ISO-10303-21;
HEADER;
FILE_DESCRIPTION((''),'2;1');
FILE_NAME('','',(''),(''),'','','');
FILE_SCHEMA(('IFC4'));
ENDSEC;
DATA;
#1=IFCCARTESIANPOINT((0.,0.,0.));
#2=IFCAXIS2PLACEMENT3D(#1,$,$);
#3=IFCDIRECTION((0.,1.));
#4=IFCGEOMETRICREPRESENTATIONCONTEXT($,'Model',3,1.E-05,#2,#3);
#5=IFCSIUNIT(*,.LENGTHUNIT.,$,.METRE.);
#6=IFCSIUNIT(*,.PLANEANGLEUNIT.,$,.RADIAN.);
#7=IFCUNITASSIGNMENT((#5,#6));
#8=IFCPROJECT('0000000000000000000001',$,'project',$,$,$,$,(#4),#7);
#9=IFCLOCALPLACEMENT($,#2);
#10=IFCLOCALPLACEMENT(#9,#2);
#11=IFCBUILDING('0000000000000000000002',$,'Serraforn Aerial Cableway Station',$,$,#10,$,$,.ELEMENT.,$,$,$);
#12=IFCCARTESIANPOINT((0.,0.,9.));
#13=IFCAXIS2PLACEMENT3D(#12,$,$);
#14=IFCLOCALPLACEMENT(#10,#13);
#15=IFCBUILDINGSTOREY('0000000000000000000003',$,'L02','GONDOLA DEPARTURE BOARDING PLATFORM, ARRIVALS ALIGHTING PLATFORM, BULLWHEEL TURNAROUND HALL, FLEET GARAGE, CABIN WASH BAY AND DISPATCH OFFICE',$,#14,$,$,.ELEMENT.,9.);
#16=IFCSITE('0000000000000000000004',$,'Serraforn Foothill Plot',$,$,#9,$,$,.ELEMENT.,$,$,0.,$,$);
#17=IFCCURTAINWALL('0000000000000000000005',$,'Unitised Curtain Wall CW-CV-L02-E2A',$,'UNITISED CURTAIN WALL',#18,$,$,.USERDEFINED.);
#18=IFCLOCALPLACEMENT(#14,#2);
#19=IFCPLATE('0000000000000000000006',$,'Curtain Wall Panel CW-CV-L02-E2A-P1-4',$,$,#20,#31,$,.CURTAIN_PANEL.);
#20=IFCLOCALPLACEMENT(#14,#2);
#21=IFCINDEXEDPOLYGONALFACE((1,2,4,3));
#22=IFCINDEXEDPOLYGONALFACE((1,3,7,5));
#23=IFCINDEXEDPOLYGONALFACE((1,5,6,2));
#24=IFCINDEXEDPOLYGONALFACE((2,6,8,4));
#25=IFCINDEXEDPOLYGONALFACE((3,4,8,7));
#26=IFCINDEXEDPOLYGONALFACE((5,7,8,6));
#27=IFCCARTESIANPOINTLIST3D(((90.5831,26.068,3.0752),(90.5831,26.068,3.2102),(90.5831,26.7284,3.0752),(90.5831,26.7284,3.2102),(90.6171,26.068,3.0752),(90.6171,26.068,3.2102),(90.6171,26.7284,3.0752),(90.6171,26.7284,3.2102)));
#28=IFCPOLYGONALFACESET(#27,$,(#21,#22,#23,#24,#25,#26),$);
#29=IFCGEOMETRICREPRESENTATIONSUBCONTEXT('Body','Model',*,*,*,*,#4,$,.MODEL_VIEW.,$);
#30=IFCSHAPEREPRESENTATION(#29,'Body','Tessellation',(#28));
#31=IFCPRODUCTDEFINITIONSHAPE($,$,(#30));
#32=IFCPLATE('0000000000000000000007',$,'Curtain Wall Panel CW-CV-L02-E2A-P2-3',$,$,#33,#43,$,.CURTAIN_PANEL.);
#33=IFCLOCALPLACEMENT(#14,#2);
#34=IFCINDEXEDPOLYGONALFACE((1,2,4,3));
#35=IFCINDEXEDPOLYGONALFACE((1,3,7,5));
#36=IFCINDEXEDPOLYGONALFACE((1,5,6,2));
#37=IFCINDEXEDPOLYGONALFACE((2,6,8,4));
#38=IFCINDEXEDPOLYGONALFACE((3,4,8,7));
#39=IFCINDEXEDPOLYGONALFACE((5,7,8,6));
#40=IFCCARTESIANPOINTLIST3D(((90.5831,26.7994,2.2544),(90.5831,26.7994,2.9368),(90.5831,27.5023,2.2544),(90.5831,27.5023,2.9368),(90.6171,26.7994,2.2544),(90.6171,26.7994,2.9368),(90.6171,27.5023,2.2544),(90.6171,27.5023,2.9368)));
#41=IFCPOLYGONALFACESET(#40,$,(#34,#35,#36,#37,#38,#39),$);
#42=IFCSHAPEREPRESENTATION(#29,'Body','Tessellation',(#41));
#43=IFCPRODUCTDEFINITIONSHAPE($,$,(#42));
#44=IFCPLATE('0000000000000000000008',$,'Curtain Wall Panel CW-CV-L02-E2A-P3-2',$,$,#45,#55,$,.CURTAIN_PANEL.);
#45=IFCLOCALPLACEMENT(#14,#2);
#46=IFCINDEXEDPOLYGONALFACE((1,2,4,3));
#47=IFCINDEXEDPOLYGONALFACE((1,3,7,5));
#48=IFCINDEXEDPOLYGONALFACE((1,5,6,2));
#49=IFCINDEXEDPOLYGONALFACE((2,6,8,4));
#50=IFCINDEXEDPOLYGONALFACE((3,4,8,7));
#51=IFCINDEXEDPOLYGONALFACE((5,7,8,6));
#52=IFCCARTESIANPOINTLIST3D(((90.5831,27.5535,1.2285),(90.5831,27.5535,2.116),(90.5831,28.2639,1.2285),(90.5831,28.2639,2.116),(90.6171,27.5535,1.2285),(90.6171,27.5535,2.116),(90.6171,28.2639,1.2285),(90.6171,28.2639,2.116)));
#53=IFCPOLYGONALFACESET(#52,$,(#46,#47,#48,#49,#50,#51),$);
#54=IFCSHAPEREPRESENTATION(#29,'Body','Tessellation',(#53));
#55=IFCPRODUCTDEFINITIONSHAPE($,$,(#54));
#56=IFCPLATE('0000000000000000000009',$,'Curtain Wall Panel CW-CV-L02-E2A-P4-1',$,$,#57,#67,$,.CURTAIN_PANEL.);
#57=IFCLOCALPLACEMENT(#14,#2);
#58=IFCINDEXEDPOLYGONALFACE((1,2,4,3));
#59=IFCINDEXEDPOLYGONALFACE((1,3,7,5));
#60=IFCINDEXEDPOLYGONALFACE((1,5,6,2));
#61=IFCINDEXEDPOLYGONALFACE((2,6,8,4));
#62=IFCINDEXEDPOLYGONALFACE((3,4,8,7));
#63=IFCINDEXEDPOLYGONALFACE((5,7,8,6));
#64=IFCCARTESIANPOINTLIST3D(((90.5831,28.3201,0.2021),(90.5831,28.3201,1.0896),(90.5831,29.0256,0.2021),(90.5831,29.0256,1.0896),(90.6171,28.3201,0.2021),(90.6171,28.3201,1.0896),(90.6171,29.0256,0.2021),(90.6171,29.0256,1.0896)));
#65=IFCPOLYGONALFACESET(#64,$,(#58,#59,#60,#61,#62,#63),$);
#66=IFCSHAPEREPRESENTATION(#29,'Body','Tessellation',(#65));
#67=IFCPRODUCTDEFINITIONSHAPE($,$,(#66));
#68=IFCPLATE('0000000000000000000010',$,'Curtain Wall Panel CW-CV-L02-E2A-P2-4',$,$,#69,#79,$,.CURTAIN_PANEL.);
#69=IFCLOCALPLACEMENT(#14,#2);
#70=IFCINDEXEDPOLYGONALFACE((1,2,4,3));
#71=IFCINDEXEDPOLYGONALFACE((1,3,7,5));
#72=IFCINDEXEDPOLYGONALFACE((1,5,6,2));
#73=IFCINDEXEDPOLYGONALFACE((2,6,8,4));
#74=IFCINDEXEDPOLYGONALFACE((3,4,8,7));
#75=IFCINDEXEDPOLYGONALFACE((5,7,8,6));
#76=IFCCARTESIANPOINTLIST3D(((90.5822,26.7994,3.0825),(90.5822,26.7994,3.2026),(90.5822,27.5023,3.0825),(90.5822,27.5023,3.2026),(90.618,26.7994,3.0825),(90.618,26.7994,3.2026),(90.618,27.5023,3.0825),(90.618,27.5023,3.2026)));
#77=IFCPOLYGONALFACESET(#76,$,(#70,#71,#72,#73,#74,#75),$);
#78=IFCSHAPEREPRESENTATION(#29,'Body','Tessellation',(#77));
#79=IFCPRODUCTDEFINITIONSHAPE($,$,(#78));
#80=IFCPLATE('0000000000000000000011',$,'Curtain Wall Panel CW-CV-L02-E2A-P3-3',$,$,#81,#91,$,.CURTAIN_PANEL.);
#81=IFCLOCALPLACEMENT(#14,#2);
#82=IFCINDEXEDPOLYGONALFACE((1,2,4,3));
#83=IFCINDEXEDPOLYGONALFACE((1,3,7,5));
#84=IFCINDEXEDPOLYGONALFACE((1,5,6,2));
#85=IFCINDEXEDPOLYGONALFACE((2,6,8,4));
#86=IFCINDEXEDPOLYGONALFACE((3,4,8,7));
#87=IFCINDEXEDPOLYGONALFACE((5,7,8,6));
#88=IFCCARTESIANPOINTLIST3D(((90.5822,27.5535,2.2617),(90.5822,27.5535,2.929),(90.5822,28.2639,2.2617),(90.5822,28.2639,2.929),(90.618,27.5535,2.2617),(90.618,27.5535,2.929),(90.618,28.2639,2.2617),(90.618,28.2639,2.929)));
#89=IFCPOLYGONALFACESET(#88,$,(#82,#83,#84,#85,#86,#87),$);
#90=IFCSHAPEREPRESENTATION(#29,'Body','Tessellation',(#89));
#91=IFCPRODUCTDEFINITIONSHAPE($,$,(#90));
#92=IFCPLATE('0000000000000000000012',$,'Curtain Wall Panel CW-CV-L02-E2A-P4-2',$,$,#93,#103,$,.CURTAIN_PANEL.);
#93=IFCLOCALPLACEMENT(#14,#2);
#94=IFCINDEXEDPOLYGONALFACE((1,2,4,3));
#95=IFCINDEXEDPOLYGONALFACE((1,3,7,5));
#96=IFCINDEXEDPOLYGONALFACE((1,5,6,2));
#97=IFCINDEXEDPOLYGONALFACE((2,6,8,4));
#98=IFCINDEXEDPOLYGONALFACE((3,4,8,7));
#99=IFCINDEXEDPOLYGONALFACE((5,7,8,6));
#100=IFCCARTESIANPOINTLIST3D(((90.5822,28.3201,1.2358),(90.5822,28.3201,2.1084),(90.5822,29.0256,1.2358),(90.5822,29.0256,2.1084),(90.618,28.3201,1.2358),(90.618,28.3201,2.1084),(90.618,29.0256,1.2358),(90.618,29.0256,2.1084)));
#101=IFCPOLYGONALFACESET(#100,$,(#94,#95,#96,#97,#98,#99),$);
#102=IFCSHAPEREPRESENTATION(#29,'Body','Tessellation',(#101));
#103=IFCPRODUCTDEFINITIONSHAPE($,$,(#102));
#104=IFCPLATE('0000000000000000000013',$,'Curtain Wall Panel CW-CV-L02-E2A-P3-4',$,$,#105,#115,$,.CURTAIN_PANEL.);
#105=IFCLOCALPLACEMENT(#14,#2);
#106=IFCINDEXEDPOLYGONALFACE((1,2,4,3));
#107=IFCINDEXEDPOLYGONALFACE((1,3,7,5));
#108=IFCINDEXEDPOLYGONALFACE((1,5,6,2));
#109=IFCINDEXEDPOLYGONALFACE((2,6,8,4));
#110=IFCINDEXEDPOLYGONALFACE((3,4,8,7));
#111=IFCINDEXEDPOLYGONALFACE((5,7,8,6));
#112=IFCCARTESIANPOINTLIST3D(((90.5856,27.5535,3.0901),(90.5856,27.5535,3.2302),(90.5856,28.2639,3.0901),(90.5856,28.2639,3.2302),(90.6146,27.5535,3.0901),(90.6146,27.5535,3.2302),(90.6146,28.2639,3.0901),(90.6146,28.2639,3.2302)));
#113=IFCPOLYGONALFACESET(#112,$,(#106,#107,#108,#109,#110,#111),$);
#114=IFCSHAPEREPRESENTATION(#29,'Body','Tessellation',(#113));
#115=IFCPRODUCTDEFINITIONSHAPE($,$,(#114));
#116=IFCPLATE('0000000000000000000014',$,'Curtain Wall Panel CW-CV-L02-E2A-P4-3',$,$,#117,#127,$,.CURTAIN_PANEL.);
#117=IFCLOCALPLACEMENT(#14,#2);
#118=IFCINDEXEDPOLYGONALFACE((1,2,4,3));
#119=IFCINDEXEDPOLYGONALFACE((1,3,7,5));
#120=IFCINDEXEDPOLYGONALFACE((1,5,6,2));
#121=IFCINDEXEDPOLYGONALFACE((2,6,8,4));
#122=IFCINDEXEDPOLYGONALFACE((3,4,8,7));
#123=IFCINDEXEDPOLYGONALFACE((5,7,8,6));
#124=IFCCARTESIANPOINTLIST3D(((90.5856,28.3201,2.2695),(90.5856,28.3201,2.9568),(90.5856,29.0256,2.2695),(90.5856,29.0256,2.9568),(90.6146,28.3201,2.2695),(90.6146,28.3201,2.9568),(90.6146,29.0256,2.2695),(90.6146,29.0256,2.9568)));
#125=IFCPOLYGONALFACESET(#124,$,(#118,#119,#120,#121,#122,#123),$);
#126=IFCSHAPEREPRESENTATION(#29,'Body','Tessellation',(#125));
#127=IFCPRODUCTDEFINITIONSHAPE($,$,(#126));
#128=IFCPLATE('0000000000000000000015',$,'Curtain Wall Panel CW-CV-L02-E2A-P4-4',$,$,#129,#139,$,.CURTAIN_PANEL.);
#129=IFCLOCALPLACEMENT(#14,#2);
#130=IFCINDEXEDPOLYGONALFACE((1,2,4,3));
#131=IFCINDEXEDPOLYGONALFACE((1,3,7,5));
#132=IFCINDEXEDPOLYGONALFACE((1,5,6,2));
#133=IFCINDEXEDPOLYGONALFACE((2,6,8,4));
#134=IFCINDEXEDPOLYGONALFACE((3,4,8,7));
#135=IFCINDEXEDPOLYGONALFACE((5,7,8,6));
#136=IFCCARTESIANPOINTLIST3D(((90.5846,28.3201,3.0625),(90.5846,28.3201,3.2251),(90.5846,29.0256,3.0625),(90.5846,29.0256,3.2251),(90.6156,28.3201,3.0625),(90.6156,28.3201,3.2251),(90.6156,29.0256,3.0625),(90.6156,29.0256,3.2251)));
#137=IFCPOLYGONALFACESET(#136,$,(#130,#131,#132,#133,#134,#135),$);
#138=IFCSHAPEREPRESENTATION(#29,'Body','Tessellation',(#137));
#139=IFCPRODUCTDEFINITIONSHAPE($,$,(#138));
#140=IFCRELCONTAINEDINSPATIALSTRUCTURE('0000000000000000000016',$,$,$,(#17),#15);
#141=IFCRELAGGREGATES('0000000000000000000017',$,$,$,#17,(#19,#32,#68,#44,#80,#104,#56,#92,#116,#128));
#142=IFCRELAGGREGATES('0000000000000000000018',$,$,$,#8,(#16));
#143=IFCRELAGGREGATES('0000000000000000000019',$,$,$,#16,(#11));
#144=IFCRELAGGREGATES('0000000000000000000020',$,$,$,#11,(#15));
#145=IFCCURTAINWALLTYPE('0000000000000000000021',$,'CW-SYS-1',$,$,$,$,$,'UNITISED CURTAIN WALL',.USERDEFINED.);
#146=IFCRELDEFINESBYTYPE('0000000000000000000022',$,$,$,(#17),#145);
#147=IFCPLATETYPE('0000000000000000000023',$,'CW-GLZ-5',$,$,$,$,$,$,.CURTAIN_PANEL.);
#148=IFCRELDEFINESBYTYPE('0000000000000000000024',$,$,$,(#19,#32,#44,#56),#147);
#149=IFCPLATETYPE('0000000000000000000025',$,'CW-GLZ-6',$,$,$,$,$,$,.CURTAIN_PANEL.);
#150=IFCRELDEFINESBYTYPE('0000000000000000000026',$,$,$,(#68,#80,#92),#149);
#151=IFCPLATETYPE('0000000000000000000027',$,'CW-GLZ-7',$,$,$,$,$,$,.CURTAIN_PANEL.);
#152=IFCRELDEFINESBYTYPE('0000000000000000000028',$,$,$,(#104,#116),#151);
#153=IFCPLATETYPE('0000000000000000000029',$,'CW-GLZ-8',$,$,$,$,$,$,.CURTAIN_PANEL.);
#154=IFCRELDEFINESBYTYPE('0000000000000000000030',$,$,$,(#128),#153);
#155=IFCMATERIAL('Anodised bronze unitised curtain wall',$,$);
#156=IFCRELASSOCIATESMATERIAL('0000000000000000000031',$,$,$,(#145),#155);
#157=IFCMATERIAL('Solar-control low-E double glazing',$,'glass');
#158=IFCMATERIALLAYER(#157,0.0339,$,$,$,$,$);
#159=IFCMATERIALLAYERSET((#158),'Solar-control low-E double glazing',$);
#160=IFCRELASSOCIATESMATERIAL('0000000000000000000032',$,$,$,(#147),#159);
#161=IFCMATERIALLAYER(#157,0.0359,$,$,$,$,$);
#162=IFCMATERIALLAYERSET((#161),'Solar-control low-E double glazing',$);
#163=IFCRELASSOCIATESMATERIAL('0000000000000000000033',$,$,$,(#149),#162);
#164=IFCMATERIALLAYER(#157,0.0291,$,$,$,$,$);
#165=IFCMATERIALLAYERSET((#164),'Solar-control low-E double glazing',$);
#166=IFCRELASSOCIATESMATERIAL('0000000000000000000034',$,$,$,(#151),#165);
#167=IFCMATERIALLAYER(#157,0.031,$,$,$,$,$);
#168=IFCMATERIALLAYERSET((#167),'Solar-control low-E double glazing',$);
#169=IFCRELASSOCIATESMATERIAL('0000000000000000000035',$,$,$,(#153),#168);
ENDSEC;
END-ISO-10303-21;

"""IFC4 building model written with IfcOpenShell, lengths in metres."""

from ifc_helpers import new_model, si_unit, direction, frame, origin, origin_2d, place, context, subcontext, project, spatial, rectangle, extrude, material, layer, layer_set, type_object, element, aggregate, save


model = new_model("IFC4")

# Units and contexts
model_context = context("Model", 3, precision=1e-05, world=origin(), true_north=direction((0.0, 1.0)))
body_context = subcontext(model_context, "Body", "Model", "MODEL_VIEW")
ifc_project = project(units=[si_unit("LENGTHUNIT", "METRE"), si_unit("PLANEANGLEUNIT", "RADIAN")], contexts=[model_context])

# Site, building, storey
site_placement = place(None, origin())
site = spatial("IfcSite", under=ifc_project, at=site_placement, Name="Serraforn Foothill Plot", CompositionType="ELEMENT", RefElevation=0.0)
building_placement = place(site_placement, origin())
building = spatial("IfcBuilding", under=site, at=building_placement, Name="Serraforn Aerial Cableway Station", CompositionType="ELEMENT")
storey_placement = place(building_placement, frame((0.0, 0.0, 9.0)))
storey = spatial("IfcBuildingStorey", under=building, at=storey_placement, Name="L02", Description="GONDOLA DEPARTURE BOARDING PLATFORM, ARRIVALS ALIGHTING PLATFORM, BULLWHEEL TURNAROUND HALL, FLEET GARAGE, CABIN WASH BAY AND DISPATCH OFFICE", CompositionType="ELEMENT", Elevation=9.0)

# Curtain wall, plates
ifc_material_1 = material(Name="Anodised bronze unitised curtain wall")
curtain_wall_type = type_object("IfcCurtainWallType", Name="CW-SYS-1", ElementType="UNITISED CURTAIN WALL", PredefinedType="USERDEFINED", material=ifc_material_1)
curtain_wall_placement = place(storey_placement, origin())
curtain_wall = element("IfcCurtainWall", 1, at=curtain_wall_placement, inside=storey, type_object=curtain_wall_type, Name="Unitised Curtain Wall CW-CV-L02-E2A", ObjectType="UNITISED CURTAIN WALL", PredefinedType="USERDEFINED")
ifc_material_2 = material(Name="Solar-control low-E double glazing", Category="glass")
ifc_layer_1 = layer(ifc_material_2, 0.0339)
ifc_layer_set_1 = layer_set([ifc_layer_1], Name="Solar-control low-E double glazing")
plate_type_1 = type_object("IfcPlateType", Name="CW-GLZ-5", PredefinedType="CURTAIN_PANEL", material=ifc_layer_set_1)
plate_1_placement = place(storey_placement, frame((90.6001, 26.3982, 3.0752), z_axis=(0.0, 0.0, 1.0), x_axis=(1.0, 0.0, 0.0)))
plate_1 = element("IfcPlate", 2, at=plate_1_placement, type_object=plate_type_1, Name="Curtain Wall Panel CW-CV-L02-E2A-P1-4", PredefinedType="CURTAIN_PANEL", context=body_context, shape_type="SweptSolid", body=[
    extrude(rectangle(XDim=0.0339, YDim=0.6604, at=origin_2d()), origin(), (0.0, 0.0, 1.0), 0.135),
])
plate_2_placement = place(storey_placement, frame((90.6001, 27.1509, 2.2544), z_axis=(0.0, 0.0, 1.0), x_axis=(1.0, 0.0, 0.0)))
plate_2 = element("IfcPlate", 3, at=plate_2_placement, type_object=plate_type_1, Name="Curtain Wall Panel CW-CV-L02-E2A-P2-3", PredefinedType="CURTAIN_PANEL", context=body_context, shape_type="SweptSolid", body=[
    extrude(rectangle(XDim=0.0339, YDim=0.7029, at=origin_2d()), origin(), (0.0, 0.0, 1.0), 0.6824),
])
plate_3_placement = place(storey_placement, frame((90.6001, 27.9087, 1.2285), z_axis=(0.0, 0.0, 1.0), x_axis=(1.0, 0.0, 0.0)))
plate_3 = element("IfcPlate", 4, at=plate_3_placement, type_object=plate_type_1, Name="Curtain Wall Panel CW-CV-L02-E2A-P3-2", PredefinedType="CURTAIN_PANEL", context=body_context, shape_type="SweptSolid", body=[
    extrude(rectangle(XDim=0.0339, YDim=0.7104, at=origin_2d()), origin(), (0.0, 0.0, 1.0), 0.8875),
])
plate_4_placement = place(storey_placement, frame((90.6001, 28.6729, 0.2021), z_axis=(0.0, 0.0, 1.0), x_axis=(1.0, 0.0, 0.0)))
plate_4 = element("IfcPlate", 5, at=plate_4_placement, type_object=plate_type_1, Name="Curtain Wall Panel CW-CV-L02-E2A-P4-1", PredefinedType="CURTAIN_PANEL", context=body_context, shape_type="SweptSolid", body=[
    extrude(rectangle(XDim=0.0339, YDim=0.7056, at=origin_2d()), origin(), (0.0, 0.0, 1.0), 0.8875),
])
ifc_layer_2 = layer(ifc_material_2, 0.0359)
ifc_layer_set_2 = layer_set([ifc_layer_2], Name="Solar-control low-E double glazing")
plate_type_2 = type_object("IfcPlateType", Name="CW-GLZ-6", PredefinedType="CURTAIN_PANEL", material=ifc_layer_set_2)
plate_5_placement = place(storey_placement, frame((90.6001, 27.1509, 3.0825), z_axis=(0.0, 0.0, 1.0), x_axis=(1.0, 0.0, 0.0)))
plate_5 = element("IfcPlate", 6, at=plate_5_placement, type_object=plate_type_2, Name="Curtain Wall Panel CW-CV-L02-E2A-P2-4", PredefinedType="CURTAIN_PANEL", context=body_context, shape_type="SweptSolid", body=[
    extrude(rectangle(XDim=0.0359, YDim=0.7029, at=origin_2d()), origin(), (0.0, 0.0, 1.0), 0.1201),
])
plate_6_placement = place(storey_placement, frame((90.6001, 27.9087, 2.2617), z_axis=(0.0, 0.0, 1.0), x_axis=(1.0, 0.0, 0.0)))
plate_6 = element("IfcPlate", 7, at=plate_6_placement, type_object=plate_type_2, Name="Curtain Wall Panel CW-CV-L02-E2A-P3-3", PredefinedType="CURTAIN_PANEL", context=body_context, shape_type="SweptSolid", body=[
    extrude(rectangle(XDim=0.0359, YDim=0.7104, at=origin_2d()), origin(), (0.0, 0.0, 1.0), 0.6672),
])
plate_7_placement = place(storey_placement, frame((90.6001, 28.6729, 1.2358), z_axis=(0.0, 0.0, 1.0), x_axis=(1.0, 0.0, 0.0)))
plate_7 = element("IfcPlate", 8, at=plate_7_placement, type_object=plate_type_2, Name="Curtain Wall Panel CW-CV-L02-E2A-P4-2", PredefinedType="CURTAIN_PANEL", context=body_context, shape_type="SweptSolid", body=[
    extrude(rectangle(XDim=0.0359, YDim=0.7056, at=origin_2d()), origin(), (0.0, 0.0, 1.0), 0.8726),
])
ifc_layer_3 = layer(ifc_material_2, 0.0291)
ifc_layer_set_3 = layer_set([ifc_layer_3], Name="Solar-control low-E double glazing")
plate_type_3 = type_object("IfcPlateType", Name="CW-GLZ-7", PredefinedType="CURTAIN_PANEL", material=ifc_layer_set_3)
plate_8_placement = place(storey_placement, frame((90.6001, 27.9087, 3.0901), z_axis=(0.0, 0.0, 1.0), x_axis=(1.0, 0.0, 0.0)))
plate_8 = element("IfcPlate", 9, at=plate_8_placement, type_object=plate_type_3, Name="Curtain Wall Panel CW-CV-L02-E2A-P3-4", PredefinedType="CURTAIN_PANEL", context=body_context, shape_type="SweptSolid", body=[
    extrude(rectangle(XDim=0.0291, YDim=0.7104, at=origin_2d()), origin(), (0.0, 0.0, 1.0), 0.1401),
])
plate_9_placement = place(storey_placement, frame((90.6001, 28.6729, 2.2695), z_axis=(0.0, 0.0, 1.0), x_axis=(1.0, 0.0, 0.0)))
plate_9 = element("IfcPlate", 10, at=plate_9_placement, type_object=plate_type_3, Name="Curtain Wall Panel CW-CV-L02-E2A-P4-3", PredefinedType="CURTAIN_PANEL", context=body_context, shape_type="SweptSolid", body=[
    extrude(rectangle(XDim=0.0291, YDim=0.7056, at=origin_2d()), origin(), (0.0, 0.0, 1.0), 0.6873),
])
ifc_layer_4 = layer(ifc_material_2, 0.031)
ifc_layer_set_4 = layer_set([ifc_layer_4], Name="Solar-control low-E double glazing")
plate_type_4 = type_object("IfcPlateType", Name="CW-GLZ-8", PredefinedType="CURTAIN_PANEL", material=ifc_layer_set_4)
plate_10_placement = place(storey_placement, frame((90.6001, 28.6729, 3.0625), z_axis=(0.0, 0.0, 1.0), x_axis=(1.0, 0.0, 0.0)))
plate_10 = element("IfcPlate", 11, at=plate_10_placement, type_object=plate_type_4, Name="Curtain Wall Panel CW-CV-L02-E2A-P4-4", PredefinedType="CURTAIN_PANEL", context=body_context, shape_type="SweptSolid", body=[
    extrude(rectangle(XDim=0.031, YDim=0.7056, at=origin_2d()), origin(), (0.0, 0.0, 1.0), 0.1626),
])
aggregate(curtain_wall, [plate_1, plate_2, plate_5, plate_3, plate_6, plate_8, plate_4, plate_7, plate_9, plate_10])

save(model, "model.ifc")
